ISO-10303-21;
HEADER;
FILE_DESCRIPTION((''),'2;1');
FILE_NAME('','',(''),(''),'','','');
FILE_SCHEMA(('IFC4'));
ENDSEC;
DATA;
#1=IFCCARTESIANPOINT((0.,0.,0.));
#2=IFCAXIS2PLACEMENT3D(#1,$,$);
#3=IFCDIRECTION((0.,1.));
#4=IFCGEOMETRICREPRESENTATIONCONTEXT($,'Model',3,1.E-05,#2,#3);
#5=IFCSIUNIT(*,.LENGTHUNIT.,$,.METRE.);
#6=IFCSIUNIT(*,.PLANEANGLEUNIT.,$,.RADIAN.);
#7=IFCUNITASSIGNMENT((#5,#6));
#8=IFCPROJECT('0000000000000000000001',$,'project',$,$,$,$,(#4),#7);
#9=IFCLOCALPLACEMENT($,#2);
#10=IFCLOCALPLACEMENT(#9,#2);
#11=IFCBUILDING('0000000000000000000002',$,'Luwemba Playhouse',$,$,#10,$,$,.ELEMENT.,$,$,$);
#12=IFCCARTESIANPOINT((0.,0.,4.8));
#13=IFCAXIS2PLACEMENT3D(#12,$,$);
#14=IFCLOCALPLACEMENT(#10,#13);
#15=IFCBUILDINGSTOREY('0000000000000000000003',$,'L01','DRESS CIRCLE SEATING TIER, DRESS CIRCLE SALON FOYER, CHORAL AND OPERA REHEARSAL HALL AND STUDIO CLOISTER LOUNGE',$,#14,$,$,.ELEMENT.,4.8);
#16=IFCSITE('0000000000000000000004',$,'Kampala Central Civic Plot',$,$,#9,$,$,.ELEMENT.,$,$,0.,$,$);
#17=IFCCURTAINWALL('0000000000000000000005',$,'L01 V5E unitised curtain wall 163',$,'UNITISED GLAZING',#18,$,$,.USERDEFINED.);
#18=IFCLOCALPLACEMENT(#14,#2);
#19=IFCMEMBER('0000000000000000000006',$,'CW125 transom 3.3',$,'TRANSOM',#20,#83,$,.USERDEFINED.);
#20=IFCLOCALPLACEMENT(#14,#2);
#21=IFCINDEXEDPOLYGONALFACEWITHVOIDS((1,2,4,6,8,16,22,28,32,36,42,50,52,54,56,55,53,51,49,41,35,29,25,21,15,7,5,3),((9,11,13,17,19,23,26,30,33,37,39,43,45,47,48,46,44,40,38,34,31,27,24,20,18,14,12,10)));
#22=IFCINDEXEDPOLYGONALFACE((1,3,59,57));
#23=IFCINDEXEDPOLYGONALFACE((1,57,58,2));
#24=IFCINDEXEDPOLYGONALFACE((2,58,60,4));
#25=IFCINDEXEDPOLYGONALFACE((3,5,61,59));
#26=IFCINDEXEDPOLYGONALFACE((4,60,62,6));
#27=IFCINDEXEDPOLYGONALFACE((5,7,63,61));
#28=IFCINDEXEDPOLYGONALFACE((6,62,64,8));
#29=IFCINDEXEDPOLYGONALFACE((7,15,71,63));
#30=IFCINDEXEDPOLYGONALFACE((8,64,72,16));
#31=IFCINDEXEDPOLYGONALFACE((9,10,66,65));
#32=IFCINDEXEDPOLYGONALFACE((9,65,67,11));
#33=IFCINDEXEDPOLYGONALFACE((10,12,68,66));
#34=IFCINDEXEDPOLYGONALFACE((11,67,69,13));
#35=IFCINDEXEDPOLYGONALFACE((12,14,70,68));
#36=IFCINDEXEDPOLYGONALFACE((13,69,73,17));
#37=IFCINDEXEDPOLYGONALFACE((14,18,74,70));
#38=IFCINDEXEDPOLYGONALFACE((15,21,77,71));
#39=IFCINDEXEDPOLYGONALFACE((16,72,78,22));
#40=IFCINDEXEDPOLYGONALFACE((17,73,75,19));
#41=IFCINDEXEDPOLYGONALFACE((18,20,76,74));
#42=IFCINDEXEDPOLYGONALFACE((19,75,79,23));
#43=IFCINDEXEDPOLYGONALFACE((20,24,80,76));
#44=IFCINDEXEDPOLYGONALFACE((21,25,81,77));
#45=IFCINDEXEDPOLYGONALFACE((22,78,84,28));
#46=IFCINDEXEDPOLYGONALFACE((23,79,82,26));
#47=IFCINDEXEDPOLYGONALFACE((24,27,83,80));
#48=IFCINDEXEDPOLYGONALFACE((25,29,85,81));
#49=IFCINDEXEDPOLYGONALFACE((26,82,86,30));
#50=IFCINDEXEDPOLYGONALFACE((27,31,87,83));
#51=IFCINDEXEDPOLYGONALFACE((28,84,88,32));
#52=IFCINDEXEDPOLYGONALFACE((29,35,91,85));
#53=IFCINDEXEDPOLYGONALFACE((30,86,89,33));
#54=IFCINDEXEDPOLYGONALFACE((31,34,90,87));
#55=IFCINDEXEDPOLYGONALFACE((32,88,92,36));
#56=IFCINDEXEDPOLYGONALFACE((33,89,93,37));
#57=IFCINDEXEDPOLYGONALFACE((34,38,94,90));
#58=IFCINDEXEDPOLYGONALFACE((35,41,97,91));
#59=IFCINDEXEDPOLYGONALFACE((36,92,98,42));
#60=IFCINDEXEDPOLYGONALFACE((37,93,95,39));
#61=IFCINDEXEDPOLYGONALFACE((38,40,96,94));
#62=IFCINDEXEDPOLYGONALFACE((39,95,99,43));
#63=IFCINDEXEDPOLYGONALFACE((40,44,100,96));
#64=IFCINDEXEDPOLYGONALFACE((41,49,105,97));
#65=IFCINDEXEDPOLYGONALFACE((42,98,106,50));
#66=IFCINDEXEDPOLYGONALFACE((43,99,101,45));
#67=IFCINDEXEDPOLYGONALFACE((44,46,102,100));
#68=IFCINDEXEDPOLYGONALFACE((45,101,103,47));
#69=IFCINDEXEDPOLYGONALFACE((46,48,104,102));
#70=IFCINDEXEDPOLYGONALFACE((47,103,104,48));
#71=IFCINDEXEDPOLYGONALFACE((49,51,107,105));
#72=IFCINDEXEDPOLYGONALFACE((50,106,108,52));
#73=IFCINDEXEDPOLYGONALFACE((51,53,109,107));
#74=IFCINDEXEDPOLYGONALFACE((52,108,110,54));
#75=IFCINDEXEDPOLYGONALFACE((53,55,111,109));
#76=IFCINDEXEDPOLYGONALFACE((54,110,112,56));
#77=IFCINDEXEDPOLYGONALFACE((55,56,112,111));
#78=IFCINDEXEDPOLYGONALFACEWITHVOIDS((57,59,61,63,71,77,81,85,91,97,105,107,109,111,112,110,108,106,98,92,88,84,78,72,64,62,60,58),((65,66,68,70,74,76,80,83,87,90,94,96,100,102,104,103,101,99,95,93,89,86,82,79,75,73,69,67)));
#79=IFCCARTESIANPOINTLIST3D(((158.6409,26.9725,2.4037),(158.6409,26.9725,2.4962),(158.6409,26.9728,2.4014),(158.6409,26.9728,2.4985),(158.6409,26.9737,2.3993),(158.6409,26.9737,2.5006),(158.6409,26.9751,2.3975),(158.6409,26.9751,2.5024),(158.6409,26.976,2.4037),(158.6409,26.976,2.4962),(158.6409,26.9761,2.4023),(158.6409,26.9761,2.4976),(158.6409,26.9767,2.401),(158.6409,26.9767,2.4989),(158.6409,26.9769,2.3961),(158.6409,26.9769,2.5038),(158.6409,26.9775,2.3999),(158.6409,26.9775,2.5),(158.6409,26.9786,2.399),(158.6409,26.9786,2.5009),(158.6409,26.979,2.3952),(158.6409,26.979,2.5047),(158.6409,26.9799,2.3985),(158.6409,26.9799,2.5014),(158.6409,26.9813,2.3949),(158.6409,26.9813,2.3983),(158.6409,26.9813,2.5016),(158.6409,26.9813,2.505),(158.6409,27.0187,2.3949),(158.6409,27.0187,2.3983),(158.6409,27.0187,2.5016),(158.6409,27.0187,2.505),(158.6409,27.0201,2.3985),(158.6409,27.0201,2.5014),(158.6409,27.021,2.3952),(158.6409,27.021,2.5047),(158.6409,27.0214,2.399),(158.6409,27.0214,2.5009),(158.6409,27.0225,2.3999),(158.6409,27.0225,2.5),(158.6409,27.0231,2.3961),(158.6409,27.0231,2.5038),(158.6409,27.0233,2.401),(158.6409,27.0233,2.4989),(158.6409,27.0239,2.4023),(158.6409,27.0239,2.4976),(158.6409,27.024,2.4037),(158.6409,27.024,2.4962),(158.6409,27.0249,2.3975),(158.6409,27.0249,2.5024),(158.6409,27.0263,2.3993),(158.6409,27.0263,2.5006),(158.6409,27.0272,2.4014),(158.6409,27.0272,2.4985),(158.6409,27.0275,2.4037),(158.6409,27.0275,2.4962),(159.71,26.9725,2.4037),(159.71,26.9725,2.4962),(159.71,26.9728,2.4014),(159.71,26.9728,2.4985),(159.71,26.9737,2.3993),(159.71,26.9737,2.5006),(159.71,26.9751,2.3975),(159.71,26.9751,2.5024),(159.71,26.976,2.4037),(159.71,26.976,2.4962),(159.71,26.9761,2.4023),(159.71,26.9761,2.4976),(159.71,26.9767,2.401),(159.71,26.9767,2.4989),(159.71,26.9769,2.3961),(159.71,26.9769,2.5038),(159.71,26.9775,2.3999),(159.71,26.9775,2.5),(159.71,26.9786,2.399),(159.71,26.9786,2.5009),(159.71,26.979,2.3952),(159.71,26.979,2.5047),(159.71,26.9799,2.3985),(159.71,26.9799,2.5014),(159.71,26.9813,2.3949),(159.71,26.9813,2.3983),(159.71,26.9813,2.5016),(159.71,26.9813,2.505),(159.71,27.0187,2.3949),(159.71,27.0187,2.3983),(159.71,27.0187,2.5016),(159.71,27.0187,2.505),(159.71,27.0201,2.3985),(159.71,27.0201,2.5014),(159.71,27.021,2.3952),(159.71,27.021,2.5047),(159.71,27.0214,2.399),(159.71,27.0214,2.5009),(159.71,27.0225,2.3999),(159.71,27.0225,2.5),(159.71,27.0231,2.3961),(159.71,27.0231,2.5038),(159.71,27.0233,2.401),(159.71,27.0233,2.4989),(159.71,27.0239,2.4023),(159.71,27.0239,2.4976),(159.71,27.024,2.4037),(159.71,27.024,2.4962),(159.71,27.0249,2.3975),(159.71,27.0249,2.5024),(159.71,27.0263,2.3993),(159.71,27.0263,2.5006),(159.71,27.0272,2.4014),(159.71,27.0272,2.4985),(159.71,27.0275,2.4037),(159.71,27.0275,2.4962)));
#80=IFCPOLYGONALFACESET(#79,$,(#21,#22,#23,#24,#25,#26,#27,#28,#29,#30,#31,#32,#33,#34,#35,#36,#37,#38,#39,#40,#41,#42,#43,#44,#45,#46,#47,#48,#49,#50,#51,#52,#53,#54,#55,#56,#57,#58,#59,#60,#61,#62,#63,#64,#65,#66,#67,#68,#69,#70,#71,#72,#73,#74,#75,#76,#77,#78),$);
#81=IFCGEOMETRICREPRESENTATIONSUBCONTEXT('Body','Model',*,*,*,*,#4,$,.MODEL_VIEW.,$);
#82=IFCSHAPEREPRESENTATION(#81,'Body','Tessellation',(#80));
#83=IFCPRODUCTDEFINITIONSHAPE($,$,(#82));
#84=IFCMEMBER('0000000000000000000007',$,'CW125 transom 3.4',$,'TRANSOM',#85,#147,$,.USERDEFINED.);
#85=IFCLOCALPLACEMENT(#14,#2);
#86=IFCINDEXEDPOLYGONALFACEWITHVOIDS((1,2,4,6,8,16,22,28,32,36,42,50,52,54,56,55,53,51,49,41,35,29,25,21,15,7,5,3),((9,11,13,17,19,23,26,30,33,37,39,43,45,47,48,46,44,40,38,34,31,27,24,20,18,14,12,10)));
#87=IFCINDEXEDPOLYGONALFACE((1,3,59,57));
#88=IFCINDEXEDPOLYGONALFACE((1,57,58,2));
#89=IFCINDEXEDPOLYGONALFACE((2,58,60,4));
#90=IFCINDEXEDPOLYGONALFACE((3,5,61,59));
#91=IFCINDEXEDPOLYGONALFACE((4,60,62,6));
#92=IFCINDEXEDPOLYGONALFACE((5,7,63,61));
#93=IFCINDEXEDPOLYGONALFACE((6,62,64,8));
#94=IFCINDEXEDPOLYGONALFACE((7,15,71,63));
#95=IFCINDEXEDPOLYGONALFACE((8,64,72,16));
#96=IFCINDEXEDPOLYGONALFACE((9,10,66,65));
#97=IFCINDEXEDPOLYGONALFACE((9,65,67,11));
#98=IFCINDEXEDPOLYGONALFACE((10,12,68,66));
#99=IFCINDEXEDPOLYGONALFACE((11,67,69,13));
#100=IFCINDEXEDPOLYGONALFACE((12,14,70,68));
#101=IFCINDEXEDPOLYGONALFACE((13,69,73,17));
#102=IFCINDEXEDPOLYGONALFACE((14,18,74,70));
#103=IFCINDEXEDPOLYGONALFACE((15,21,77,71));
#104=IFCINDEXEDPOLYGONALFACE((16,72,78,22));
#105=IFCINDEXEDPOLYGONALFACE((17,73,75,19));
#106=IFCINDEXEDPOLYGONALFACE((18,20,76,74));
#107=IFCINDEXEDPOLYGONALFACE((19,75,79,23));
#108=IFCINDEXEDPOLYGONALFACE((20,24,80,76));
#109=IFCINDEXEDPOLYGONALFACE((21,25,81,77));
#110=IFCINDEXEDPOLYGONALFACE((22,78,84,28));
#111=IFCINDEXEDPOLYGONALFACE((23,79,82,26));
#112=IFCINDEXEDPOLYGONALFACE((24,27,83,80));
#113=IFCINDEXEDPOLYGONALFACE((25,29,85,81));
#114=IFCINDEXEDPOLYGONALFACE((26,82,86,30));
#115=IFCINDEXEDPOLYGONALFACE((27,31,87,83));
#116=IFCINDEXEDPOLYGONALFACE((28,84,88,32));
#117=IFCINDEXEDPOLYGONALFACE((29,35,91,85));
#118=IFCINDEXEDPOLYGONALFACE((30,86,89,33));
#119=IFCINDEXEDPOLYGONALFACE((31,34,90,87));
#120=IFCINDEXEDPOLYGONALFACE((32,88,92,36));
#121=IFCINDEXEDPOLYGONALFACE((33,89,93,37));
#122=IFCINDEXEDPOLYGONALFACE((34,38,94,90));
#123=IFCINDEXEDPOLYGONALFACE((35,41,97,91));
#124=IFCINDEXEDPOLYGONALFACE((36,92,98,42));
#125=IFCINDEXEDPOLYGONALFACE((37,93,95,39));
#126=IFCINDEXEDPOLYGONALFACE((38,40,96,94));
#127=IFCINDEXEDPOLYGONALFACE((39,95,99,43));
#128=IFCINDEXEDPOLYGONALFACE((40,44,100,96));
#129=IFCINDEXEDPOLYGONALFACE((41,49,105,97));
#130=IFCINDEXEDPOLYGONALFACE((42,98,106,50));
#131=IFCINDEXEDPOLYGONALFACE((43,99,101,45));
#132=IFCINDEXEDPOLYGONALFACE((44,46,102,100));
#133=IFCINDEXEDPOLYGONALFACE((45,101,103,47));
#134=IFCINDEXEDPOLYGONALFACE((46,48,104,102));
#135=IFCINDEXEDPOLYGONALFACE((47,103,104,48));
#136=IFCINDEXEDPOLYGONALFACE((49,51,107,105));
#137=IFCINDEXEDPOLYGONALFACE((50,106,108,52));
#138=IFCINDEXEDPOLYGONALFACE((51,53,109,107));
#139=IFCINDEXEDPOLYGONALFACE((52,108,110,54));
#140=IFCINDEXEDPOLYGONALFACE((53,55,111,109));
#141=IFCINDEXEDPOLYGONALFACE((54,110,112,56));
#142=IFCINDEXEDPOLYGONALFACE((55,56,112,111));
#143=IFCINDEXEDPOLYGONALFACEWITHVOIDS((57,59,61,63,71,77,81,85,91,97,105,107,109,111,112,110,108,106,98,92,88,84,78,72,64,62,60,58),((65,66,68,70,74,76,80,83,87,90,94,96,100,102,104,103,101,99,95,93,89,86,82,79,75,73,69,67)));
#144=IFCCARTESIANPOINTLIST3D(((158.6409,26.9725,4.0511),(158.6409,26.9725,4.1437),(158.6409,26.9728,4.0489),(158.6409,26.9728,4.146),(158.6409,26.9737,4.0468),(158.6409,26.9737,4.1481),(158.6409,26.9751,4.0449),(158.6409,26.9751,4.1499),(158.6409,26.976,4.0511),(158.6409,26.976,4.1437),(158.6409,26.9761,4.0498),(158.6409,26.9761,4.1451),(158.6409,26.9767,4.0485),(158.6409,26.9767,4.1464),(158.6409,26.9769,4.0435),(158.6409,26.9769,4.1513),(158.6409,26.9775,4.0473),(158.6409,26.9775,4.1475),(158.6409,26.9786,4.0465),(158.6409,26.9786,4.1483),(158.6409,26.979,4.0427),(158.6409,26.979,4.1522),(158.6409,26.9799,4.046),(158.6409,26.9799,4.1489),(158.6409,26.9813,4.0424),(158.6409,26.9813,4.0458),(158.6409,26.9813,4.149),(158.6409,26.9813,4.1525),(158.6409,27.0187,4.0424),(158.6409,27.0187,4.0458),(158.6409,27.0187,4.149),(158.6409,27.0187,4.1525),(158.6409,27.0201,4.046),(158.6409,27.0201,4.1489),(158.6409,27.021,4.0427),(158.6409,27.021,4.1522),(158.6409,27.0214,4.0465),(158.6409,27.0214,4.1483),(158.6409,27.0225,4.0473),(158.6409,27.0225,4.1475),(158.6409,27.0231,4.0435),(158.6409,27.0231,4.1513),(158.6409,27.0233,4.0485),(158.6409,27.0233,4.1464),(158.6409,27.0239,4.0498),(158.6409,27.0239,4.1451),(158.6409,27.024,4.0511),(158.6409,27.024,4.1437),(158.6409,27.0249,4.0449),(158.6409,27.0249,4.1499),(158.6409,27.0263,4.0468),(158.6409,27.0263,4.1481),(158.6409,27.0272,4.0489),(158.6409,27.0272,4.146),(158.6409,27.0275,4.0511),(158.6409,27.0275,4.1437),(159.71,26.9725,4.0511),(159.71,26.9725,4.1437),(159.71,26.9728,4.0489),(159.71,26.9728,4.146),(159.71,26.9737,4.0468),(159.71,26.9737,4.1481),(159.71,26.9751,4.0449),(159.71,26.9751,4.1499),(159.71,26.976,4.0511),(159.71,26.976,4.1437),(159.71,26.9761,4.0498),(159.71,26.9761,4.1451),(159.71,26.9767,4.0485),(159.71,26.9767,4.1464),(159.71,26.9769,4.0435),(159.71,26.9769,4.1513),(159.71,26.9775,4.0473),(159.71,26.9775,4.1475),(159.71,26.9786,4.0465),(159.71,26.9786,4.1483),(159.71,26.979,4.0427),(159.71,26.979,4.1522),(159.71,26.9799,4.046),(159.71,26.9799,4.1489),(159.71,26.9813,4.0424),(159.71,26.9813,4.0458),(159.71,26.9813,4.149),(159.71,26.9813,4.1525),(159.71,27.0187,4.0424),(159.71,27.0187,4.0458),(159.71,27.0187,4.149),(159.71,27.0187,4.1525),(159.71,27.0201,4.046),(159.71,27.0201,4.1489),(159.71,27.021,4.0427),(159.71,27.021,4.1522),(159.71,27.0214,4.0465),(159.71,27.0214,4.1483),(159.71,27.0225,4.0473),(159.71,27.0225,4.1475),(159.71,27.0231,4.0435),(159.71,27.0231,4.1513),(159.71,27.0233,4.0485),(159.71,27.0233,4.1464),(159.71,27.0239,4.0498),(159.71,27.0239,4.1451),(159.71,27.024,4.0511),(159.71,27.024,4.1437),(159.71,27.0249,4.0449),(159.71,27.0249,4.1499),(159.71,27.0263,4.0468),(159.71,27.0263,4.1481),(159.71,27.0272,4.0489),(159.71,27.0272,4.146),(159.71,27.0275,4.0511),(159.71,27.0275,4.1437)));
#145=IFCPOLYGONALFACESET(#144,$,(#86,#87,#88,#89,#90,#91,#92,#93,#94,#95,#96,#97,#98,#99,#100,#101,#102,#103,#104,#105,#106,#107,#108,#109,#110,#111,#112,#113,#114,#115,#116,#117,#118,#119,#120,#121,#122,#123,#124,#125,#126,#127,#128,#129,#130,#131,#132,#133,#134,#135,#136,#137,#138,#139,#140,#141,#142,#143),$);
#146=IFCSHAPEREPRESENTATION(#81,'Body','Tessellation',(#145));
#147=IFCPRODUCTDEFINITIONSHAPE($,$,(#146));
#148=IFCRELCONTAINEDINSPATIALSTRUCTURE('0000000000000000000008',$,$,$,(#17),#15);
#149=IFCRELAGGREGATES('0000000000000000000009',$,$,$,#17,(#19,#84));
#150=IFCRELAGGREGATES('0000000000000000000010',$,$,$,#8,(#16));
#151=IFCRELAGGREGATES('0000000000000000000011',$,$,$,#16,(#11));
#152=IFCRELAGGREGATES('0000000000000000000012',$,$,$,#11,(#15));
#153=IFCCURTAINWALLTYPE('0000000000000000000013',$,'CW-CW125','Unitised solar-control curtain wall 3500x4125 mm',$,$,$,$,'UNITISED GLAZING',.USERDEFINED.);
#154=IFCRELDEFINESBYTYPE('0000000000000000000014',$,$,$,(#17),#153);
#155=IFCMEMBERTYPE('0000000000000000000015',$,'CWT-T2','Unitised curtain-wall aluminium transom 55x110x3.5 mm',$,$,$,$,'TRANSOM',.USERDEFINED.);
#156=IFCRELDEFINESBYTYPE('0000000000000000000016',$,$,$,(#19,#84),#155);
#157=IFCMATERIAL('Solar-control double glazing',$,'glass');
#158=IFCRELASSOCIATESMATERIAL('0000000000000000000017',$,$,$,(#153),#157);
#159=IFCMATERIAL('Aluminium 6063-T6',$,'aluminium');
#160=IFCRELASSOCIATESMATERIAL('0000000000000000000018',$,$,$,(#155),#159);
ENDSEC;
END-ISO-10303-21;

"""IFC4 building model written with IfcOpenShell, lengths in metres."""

from ifc_helpers import new_model, si_unit, direction, frame, origin, origin_2d, place, context, subcontext, project, spatial, hollow_rectangle, extrude, material, material_profile, profile_set, type_object, element, aggregate, save


model = new_model("IFC4")

# Units and contexts
model_context = context("Model", 3, precision=1e-05, world=origin(), true_north=direction((0.0, 1.0)))
body_context = subcontext(model_context, "Body", "Model", "MODEL_VIEW")
ifc_project = project(units=[si_unit("LENGTHUNIT", "METRE"), si_unit("PLANEANGLEUNIT", "RADIAN")], contexts=[model_context])

# Site, building, storey
site_placement = place(None, origin())
site = spatial("IfcSite", under=ifc_project, at=site_placement, Name="Kampala Central Civic Plot", CompositionType="ELEMENT", RefElevation=0.0)
building_placement = place(site_placement, origin())
building = spatial("IfcBuilding", under=site, at=building_placement, Name="Luwemba Playhouse", CompositionType="ELEMENT")
storey_placement = place(building_placement, frame((0.0, 0.0, 4.8)))
storey = spatial("IfcBuildingStorey", under=building, at=storey_placement, Name="L01", Description="DRESS CIRCLE SEATING TIER, DRESS CIRCLE SALON FOYER, CHORAL AND OPERA REHEARSAL HALL AND STUDIO CLOISTER LOUNGE", CompositionType="ELEMENT", Elevation=4.8)

# Curtain wall
ifc_material_1 = material(Name="Solar-control double glazing", Category="glass")
curtain_wall_type_1 = type_object("IfcCurtainWallType", Name="CW-CW125", Description="Unitised solar-control curtain wall 3500x4125 mm", ElementType="UNITISED GLAZING", PredefinedType="USERDEFINED", material=ifc_material_1)
curtain_wall_1_placement = place(storey_placement, origin())
curtain_wall_1 = element("IfcCurtainWall", 1, at=curtain_wall_1_placement, inside=storey, type_object=curtain_wall_type_1, Name="L01 V5E unitised curtain wall 163", ObjectType="UNITISED GLAZING", PredefinedType="USERDEFINED")
ifc_material_2 = material(Name="Aluminium 6063-T6", Category="aluminium")

# Members
ifc_material_profile_1 = material_profile(ifc_material_2, hollow_rectangle(XDim=0.0549, YDim=0.1101, WallThickness=0.0034, InnerFilletRadius=0.0054, OuterFilletRadius=0.0088, at=origin_2d()))
ifc_profile_set_1 = profile_set([ifc_material_profile_1], Name="Aluminium 6063-T6")
member_type_1 = type_object("IfcMemberType", Name="CWT-T2", Description="Unitised curtain-wall aluminium transom 55x110x3.5 mm", ElementType="TRANSOM", PredefinedType="USERDEFINED", material=ifc_profile_set_1)
member_1_placement = place(storey_placement, frame((158.6409, 27.0, 2.45), z_axis=(1.0, 0.0, 0.0), x_axis=(0.0, 1.0, 0.0)))
member_1 = element("IfcMember", 2, at=member_1_placement, type_object=member_type_1, Name="CW125 transom 3.3", ObjectType="TRANSOM", PredefinedType="USERDEFINED", context=body_context, shape_type="SweptSolid", body=[
    extrude(hollow_rectangle(XDim=0.0549, YDim=0.1101, WallThickness=0.0034, InnerFilletRadius=0.0054, OuterFilletRadius=0.0088, at=origin_2d()), origin(), (0.0, 0.0, 1.0), 1.0691),
])
member_2_placement = place(storey_placement, frame((158.6409, 27.0, 4.0974), z_axis=(1.0, 0.0, 0.0), x_axis=(0.0, 1.0, 0.0)))
member_2 = element("IfcMember", 3, at=member_2_placement, type_object=member_type_1, Name="CW125 transom 3.4", ObjectType="TRANSOM", PredefinedType="USERDEFINED", context=body_context, shape_type="SweptSolid", body=[
    extrude(hollow_rectangle(XDim=0.0549, YDim=0.1101, WallThickness=0.0034, InnerFilletRadius=0.0054, OuterFilletRadius=0.0088, at=origin_2d()), origin(), (0.0, 0.0, 1.0), 1.0691),
])

aggregate(curtain_wall_1, [member_1, member_2])

save(model, "model.ifc")
